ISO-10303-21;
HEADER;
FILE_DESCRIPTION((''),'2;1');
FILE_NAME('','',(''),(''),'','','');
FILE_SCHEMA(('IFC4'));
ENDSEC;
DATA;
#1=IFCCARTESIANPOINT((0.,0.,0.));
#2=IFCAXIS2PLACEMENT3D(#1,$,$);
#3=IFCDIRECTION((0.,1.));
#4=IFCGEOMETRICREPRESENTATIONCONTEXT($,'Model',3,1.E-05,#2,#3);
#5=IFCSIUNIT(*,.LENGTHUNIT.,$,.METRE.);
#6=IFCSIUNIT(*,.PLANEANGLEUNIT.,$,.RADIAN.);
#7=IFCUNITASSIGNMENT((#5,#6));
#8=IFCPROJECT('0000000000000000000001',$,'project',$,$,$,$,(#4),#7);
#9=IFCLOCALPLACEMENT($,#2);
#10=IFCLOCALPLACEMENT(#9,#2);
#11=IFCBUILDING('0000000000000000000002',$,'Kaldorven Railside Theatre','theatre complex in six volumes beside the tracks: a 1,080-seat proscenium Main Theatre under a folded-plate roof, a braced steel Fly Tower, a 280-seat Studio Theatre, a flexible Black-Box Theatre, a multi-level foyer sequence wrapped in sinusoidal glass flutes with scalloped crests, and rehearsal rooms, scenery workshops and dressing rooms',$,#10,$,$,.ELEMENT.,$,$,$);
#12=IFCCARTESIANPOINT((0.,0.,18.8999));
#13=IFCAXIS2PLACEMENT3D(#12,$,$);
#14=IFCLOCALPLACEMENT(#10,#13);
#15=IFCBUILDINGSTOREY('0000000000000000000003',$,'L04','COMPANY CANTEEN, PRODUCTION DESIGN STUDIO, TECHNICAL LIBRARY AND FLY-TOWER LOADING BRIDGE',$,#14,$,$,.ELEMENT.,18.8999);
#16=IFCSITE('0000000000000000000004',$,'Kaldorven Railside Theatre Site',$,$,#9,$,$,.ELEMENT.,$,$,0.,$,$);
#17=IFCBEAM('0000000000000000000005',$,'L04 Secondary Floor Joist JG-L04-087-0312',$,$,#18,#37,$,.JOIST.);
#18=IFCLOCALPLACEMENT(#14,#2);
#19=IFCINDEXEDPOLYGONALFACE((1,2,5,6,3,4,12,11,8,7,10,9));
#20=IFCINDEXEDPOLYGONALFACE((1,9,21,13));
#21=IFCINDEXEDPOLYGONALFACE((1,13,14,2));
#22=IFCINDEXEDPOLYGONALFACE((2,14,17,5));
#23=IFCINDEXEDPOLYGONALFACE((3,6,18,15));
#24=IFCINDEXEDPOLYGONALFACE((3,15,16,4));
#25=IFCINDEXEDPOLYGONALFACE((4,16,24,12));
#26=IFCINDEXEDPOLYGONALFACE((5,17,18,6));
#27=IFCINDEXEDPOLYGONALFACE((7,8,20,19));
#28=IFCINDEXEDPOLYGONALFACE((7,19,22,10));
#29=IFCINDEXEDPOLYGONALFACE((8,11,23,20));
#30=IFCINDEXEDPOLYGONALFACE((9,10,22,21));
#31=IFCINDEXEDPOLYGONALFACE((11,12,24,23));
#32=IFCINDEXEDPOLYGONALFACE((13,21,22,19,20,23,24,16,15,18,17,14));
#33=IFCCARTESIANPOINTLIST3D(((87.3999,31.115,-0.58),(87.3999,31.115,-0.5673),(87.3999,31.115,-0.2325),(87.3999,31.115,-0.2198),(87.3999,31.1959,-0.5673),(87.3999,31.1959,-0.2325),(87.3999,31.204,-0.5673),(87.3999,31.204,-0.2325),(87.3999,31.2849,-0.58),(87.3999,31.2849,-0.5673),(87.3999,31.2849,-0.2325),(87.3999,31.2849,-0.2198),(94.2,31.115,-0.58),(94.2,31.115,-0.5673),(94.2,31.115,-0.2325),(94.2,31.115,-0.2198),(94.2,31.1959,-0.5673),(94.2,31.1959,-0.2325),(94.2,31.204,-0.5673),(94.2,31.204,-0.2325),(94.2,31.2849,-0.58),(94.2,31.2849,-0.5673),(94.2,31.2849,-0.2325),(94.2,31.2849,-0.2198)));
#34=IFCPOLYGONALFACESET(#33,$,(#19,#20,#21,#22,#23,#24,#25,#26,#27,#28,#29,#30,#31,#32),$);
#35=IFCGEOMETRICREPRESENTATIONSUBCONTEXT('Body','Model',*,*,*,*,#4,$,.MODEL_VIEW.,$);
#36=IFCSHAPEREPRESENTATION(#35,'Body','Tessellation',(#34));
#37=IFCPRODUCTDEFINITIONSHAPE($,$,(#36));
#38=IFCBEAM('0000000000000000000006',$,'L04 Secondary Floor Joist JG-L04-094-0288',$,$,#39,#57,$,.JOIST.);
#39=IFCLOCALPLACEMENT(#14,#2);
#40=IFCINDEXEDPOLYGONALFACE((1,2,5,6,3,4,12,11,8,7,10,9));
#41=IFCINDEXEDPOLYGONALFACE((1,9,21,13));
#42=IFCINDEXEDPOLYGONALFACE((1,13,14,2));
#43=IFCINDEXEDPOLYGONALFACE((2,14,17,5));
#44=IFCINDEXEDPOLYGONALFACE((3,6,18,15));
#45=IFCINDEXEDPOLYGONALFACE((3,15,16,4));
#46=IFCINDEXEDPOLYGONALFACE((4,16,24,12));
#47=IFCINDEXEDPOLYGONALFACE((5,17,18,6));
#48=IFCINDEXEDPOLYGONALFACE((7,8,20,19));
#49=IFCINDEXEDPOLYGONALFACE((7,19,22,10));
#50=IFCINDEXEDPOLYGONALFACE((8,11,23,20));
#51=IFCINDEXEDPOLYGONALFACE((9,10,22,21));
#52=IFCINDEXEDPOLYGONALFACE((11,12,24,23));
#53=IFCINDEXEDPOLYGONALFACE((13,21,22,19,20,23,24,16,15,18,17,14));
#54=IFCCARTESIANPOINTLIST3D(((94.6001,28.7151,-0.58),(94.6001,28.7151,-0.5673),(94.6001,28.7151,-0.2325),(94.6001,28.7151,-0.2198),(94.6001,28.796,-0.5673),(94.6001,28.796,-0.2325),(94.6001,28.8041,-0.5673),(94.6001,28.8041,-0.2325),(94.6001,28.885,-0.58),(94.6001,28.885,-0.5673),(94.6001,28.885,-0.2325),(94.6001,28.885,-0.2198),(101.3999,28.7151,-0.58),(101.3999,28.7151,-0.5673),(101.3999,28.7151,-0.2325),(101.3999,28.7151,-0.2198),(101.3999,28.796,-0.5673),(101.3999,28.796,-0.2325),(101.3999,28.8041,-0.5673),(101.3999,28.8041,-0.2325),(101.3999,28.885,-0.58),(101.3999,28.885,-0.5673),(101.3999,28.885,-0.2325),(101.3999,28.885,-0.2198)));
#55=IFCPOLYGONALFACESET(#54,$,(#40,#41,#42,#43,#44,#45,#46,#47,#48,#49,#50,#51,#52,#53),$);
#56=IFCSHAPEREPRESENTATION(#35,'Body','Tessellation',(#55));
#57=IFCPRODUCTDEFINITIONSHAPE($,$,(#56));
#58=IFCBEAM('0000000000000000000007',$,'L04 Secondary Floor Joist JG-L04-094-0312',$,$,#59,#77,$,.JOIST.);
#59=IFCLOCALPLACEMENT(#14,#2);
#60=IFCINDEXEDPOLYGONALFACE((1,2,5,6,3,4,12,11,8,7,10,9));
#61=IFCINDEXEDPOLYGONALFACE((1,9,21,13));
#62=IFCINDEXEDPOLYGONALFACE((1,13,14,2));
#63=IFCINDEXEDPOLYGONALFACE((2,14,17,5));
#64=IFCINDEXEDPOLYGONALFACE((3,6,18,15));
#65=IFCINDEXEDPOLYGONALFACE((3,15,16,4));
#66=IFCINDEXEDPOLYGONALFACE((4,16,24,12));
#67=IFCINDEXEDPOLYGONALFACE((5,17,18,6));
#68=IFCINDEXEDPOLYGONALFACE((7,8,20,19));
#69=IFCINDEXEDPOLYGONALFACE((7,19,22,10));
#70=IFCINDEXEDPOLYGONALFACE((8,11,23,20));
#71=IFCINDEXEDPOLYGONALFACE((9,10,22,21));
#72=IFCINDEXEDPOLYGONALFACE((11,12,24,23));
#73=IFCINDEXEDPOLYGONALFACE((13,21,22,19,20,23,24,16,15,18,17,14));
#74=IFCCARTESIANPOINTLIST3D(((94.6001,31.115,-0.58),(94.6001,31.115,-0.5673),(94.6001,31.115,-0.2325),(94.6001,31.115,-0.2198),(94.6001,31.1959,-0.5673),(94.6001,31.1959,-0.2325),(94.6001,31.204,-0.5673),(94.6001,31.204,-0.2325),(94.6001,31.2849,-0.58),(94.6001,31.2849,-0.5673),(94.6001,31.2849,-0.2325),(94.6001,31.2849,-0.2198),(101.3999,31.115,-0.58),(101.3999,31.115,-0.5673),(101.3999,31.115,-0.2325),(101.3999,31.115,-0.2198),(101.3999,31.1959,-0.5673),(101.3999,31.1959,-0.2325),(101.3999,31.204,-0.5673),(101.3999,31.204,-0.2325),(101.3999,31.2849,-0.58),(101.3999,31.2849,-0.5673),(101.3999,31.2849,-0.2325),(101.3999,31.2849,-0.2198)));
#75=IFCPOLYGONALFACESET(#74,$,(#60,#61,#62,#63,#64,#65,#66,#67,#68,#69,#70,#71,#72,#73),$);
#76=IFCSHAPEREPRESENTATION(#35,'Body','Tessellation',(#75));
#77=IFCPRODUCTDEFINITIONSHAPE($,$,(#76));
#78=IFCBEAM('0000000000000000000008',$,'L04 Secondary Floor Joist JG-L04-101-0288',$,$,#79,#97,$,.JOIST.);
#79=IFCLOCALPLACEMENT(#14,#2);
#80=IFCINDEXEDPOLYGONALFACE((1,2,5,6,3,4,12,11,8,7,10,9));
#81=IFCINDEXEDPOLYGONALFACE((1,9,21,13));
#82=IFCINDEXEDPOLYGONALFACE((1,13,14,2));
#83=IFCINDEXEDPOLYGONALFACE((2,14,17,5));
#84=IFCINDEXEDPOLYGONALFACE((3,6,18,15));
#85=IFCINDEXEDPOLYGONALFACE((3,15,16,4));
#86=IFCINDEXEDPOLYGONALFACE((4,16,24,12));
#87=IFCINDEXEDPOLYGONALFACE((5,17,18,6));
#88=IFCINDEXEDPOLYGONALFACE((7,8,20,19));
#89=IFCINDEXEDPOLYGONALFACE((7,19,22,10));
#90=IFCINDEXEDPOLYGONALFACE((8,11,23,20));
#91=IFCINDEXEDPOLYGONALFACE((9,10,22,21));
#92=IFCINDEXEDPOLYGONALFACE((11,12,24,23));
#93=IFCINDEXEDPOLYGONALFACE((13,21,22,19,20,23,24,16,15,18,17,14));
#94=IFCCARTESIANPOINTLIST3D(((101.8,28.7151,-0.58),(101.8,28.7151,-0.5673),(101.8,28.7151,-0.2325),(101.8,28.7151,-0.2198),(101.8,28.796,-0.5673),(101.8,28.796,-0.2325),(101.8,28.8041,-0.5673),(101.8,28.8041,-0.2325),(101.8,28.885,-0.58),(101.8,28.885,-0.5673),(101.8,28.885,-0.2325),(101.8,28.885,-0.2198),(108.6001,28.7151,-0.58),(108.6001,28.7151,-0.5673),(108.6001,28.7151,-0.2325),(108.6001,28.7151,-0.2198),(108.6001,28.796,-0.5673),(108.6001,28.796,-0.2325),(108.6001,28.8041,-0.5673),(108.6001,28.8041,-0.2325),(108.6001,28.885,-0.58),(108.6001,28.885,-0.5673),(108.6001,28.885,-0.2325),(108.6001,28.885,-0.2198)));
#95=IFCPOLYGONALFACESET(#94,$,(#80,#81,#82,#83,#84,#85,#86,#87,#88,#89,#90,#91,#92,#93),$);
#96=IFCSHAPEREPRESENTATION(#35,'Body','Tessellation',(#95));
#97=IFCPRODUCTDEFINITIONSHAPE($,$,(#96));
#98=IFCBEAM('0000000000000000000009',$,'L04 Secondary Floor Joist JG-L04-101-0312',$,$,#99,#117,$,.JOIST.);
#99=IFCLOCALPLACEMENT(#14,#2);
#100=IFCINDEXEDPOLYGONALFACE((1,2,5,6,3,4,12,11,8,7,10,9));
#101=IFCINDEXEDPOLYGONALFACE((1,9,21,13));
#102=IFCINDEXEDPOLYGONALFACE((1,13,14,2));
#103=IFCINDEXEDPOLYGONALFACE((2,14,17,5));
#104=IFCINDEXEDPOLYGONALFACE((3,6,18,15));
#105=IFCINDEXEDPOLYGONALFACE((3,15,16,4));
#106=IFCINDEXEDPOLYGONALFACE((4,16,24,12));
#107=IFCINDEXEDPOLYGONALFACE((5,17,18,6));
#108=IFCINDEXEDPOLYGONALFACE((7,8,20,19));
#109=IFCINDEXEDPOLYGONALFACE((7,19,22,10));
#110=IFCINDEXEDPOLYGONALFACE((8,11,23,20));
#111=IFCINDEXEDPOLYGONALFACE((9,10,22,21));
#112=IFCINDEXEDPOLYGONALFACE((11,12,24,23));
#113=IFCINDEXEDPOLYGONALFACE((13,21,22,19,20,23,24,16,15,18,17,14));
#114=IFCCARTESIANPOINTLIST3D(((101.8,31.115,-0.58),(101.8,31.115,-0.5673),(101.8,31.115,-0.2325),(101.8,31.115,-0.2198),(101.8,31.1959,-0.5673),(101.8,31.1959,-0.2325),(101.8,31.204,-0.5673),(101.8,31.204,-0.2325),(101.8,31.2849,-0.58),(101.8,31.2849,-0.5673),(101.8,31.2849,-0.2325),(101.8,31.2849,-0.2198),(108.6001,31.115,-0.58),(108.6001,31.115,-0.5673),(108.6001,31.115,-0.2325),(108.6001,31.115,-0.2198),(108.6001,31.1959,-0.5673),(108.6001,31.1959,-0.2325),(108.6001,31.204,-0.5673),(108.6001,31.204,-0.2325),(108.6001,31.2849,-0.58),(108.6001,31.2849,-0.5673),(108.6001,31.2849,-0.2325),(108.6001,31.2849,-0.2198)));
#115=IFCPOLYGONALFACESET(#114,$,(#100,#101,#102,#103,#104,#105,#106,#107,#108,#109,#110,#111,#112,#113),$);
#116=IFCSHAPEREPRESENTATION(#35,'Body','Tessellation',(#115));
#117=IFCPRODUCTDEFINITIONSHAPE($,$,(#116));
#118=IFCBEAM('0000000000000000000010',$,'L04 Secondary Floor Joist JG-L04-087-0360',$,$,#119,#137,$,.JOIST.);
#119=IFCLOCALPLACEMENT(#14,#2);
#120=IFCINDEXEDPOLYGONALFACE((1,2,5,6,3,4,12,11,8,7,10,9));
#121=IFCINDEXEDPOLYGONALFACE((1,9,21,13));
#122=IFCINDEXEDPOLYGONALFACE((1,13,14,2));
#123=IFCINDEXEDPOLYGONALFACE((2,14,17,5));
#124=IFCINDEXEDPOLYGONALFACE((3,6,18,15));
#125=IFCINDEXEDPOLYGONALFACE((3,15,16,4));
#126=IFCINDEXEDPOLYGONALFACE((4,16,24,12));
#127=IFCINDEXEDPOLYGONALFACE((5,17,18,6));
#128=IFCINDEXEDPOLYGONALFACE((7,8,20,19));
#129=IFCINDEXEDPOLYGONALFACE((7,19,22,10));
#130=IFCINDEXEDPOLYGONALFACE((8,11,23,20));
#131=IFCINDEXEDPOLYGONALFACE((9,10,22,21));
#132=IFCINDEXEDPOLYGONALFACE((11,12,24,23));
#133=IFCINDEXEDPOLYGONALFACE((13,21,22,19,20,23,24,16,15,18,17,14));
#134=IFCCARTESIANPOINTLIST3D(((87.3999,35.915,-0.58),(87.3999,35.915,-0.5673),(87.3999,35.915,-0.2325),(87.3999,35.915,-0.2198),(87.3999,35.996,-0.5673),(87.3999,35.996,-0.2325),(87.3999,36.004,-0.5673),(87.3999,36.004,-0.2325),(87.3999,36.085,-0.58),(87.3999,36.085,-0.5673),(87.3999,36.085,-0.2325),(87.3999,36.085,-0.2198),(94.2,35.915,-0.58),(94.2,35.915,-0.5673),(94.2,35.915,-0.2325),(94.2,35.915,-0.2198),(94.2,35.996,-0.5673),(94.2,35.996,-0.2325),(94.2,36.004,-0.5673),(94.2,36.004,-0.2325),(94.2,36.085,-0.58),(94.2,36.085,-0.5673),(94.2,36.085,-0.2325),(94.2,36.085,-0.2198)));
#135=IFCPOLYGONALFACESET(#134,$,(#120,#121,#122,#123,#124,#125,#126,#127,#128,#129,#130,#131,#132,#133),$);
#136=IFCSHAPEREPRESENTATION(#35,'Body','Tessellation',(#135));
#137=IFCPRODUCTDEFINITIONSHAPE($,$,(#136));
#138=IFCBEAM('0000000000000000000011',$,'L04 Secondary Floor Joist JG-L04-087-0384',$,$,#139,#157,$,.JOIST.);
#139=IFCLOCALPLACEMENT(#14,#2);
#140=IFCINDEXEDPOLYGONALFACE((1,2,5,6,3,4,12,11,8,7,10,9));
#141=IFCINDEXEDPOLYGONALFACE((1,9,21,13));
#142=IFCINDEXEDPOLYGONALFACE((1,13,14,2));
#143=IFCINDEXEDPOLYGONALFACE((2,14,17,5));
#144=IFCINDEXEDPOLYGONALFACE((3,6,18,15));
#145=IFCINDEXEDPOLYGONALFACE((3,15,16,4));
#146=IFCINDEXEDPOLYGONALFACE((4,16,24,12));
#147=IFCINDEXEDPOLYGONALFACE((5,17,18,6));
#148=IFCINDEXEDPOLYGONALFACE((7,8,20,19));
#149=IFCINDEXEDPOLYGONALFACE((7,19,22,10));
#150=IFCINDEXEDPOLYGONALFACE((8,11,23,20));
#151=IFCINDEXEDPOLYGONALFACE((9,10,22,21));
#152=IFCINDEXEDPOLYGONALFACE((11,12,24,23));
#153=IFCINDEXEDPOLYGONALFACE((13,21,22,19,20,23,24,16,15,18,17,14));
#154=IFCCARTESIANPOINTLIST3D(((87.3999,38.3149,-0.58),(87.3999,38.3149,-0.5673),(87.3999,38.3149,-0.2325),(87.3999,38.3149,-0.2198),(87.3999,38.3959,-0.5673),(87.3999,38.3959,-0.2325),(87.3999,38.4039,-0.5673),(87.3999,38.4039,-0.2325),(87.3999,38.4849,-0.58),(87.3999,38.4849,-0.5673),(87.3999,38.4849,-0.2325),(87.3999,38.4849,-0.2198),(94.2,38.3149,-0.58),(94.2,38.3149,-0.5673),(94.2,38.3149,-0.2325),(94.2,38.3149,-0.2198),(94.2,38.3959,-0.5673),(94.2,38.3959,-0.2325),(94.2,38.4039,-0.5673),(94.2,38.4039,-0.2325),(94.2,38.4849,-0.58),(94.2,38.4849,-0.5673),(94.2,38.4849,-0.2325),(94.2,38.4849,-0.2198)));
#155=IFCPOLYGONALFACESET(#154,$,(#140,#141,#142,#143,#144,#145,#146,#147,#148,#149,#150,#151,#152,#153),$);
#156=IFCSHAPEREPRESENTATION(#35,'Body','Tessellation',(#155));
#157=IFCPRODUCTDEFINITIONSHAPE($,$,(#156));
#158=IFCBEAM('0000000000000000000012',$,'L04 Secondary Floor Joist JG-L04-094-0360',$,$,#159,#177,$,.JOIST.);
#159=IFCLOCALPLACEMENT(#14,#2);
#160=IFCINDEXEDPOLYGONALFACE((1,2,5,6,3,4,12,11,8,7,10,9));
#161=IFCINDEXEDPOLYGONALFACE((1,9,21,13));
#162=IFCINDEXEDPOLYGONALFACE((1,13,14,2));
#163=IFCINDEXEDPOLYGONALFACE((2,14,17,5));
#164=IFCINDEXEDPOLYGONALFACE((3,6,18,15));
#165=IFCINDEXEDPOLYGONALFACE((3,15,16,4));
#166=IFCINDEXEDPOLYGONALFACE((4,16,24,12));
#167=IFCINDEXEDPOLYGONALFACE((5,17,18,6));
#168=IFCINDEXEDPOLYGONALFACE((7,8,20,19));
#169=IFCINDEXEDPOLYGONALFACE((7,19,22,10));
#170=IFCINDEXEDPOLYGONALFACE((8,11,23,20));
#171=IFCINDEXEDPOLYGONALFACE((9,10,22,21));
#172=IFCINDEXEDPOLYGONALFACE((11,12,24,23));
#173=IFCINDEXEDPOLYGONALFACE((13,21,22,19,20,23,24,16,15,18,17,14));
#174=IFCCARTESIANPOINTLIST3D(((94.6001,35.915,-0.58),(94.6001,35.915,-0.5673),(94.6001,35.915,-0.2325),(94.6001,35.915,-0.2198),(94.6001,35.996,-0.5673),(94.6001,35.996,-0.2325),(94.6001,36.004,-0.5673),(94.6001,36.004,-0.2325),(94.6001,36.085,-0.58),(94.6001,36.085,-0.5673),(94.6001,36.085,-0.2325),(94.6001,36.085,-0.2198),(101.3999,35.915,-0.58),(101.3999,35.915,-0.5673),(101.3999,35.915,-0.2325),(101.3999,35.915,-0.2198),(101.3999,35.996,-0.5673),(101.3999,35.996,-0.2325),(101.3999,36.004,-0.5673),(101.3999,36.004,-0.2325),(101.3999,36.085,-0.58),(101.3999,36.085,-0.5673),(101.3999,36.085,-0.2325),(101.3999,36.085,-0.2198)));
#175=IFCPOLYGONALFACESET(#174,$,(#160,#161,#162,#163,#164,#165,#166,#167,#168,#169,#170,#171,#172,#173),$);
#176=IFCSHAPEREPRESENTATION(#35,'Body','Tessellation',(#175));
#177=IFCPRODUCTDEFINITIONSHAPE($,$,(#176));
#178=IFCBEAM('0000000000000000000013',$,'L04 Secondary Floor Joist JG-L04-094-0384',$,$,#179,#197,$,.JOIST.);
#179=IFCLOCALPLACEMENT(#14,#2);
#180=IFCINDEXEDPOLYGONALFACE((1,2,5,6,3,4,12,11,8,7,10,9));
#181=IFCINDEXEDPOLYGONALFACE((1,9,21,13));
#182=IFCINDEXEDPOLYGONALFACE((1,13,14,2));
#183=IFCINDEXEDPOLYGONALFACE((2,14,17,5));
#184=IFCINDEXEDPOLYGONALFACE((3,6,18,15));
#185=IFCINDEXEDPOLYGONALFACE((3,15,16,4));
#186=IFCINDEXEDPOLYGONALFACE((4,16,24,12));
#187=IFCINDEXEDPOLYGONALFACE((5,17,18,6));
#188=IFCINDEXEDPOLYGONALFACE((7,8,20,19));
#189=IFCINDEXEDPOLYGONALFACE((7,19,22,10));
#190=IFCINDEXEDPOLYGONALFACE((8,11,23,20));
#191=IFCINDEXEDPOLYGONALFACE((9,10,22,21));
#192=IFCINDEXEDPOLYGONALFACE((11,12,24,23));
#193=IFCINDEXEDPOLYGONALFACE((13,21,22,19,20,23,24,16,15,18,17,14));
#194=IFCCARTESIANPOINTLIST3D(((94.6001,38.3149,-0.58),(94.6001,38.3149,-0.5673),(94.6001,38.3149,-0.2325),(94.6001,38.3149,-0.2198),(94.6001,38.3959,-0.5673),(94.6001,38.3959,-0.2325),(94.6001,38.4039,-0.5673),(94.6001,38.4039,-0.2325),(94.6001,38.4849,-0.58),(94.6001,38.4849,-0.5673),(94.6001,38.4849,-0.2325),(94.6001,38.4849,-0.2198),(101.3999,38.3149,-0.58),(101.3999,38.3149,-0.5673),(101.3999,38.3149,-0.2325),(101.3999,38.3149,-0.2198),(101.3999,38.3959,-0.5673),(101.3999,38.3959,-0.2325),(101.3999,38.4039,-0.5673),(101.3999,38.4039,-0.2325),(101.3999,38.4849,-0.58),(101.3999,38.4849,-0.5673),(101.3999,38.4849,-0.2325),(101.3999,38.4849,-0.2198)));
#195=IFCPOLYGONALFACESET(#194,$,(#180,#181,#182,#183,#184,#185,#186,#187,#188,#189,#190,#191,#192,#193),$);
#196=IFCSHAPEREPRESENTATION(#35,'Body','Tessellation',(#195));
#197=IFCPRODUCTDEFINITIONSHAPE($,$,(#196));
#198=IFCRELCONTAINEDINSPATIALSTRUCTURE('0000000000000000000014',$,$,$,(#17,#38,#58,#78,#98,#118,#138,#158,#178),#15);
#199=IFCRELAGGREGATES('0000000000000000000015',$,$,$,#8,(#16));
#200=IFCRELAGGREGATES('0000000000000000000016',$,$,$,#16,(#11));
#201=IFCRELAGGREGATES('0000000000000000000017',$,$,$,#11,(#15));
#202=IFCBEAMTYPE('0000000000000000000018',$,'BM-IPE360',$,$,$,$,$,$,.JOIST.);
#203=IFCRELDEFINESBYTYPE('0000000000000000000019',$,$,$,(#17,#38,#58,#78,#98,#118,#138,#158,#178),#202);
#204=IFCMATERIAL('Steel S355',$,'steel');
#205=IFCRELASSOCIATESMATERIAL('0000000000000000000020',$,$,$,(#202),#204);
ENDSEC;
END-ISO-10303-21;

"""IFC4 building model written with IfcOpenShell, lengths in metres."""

from ifc_helpers import new_model, si_unit, direction, frame, origin, origin_2d, place, context, subcontext, project, spatial, i_section, extrude, material, material_profile, profile_set, type_object, element, save


model = new_model("IFC4")

# Units and contexts
model_context = context("Model", 3, precision=1e-05, world=origin(), true_north=direction((0.0, 1.0)))
body_context = subcontext(model_context, "Body", "Model", "MODEL_VIEW")
ifc_project = project(units=[si_unit("LENGTHUNIT", "METRE"), si_unit("PLANEANGLEUNIT", "RADIAN")], contexts=[model_context])

# Site, building, storey
site_placement = place(None, origin())
site = spatial("IfcSite", under=ifc_project, at=site_placement, Name="Kaldorven Railside Theatre Site", CompositionType="ELEMENT", RefElevation=0.0)
building_placement = place(site_placement, origin())
building = spatial("IfcBuilding", under=site, at=building_placement, Name="Kaldorven Railside Theatre", Description="theatre complex in six volumes beside the tracks: a 1,080-seat proscenium Main Theatre under a folded-plate roof, a braced steel Fly Tower, a 280-seat Studio Theatre, a flexible Black-Box Theatre, a multi-level foyer sequence wrapped in sinusoidal glass flutes with scalloped crests, and rehearsal rooms, scenery workshops and dressing rooms", CompositionType="ELEMENT")
storey_placement = place(building_placement, frame((0.0, 0.0, 18.8999)))
storey = spatial("IfcBuildingStorey", under=building, at=storey_placement, Name="L04", Description="COMPANY CANTEEN, PRODUCTION DESIGN STUDIO, TECHNICAL LIBRARY AND FLY-TOWER LOADING BRIDGE", CompositionType="ELEMENT", Elevation=18.8999)

# Beams
ifc_material_1 = material(Name="Steel S355", Category="steel")
ifc_material_profile_1 = material_profile(ifc_material_1, i_section(OverallWidth=0.1699, OverallDepth=0.3601, WebThickness=0.0081, FlangeThickness=0.0127, at=origin_2d()), Name="IPE 360")
ifc_profile_set_1 = profile_set([ifc_material_profile_1], Name="Steel S355")
beam_type_1 = type_object("IfcBeamType", Name="BM-IPE360", PredefinedType="JOIST", material=ifc_profile_set_1)
beam_1_placement = place(storey_placement, frame((87.3999, 31.2, -0.3999), z_axis=(1.0, 0.0, 0.0), x_axis=(0.0, 1.0, 0.0)))
element("IfcBeam", 1, at=beam_1_placement, inside=storey, type_object=beam_type_1, Name="L04 Secondary Floor Joist JG-L04-087-0312", PredefinedType="JOIST", context=body_context, shape_type="SweptSolid", body=[
    extrude(i_section(OverallWidth=0.1699, OverallDepth=0.3601, WebThickness=0.0081, FlangeThickness=0.0127, at=origin_2d()), origin(), (0.0, 0.0, 1.0), 6.8),
])
for number, where, z_axis, x_axis, name in (
    (2, (94.6001, 28.8, -0.3999), (1.0, 0.0, 0.0), (0.0, 1.0, 0.0), "L04 Secondary Floor Joist JG-L04-094-0288"),
    (3, (94.6001, 31.2, -0.3999), (1.0, 0.0, 0.0), (0.0, 1.0, 0.0), "L04 Secondary Floor Joist JG-L04-094-0312"),
):
    element("IfcBeam", number, at=place(storey_placement, frame(where, z_axis=z_axis, x_axis=x_axis)), inside=storey, type_object=beam_type_1, Name=name, PredefinedType="JOIST", context=body_context, shape_type="SweptSolid", body=[
        extrude(i_section(OverallWidth=0.1699, OverallDepth=0.3601, WebThickness=0.0081, FlangeThickness=0.0127, at=origin_2d()), origin(), (0.0, 0.0, 1.0), 6.7998),
    ])
for number, where, z_axis, x_axis, name in (
    (4, (101.8, 28.8, -0.3999), (1.0, 0.0, 0.0), (0.0, 1.0, 0.0), "L04 Secondary Floor Joist JG-L04-101-0288"),
    (5, (101.8, 31.2, -0.3999), (1.0, 0.0, 0.0), (0.0, 1.0, 0.0), "L04 Secondary Floor Joist JG-L04-101-0312"),
    (6, (87.3999, 36.0, -0.3999), (1.0, 0.0, 0.0), (0.0, 1.0, 0.0), "L04 Secondary Floor Joist JG-L04-087-0360"),
    (7, (87.3999, 38.3999, -0.3999), (1.0, 0.0, 0.0), (0.0, 1.0, 0.0), "L04 Secondary Floor Joist JG-L04-087-0384"),
):
    element("IfcBeam", number, at=place(storey_placement, frame(where, z_axis=z_axis, x_axis=x_axis)), inside=storey, type_object=beam_type_1, Name=name, PredefinedType="JOIST", context=body_context, shape_type="SweptSolid", body=[
        extrude(i_section(OverallWidth=0.1699, OverallDepth=0.3601, WebThickness=0.0081, FlangeThickness=0.0127, at=origin_2d()), origin(), (0.0, 0.0, 1.0), 6.8),
    ])
for number, where, z_axis, x_axis, name in (
    (8, (94.6001, 36.0, -0.3999), (1.0, 0.0, 0.0), (0.0, 1.0, 0.0), "L04 Secondary Floor Joist JG-L04-094-0360"),
    (9, (94.6001, 38.3999, -0.3999), (1.0, 0.0, 0.0), (0.0, 1.0, 0.0), "L04 Secondary Floor Joist JG-L04-094-0384"),
):
    element("IfcBeam", number, at=place(storey_placement, frame(where, z_axis=z_axis, x_axis=x_axis)), inside=storey, type_object=beam_type_1, Name=name, PredefinedType="JOIST", context=body_context, shape_type="SweptSolid", body=[
        extrude(i_section(OverallWidth=0.1699, OverallDepth=0.3601, WebThickness=0.0081, FlangeThickness=0.0127, at=origin_2d()), origin(), (0.0, 0.0, 1.0), 6.7998),
    ])

save(model, "model.ifc")
